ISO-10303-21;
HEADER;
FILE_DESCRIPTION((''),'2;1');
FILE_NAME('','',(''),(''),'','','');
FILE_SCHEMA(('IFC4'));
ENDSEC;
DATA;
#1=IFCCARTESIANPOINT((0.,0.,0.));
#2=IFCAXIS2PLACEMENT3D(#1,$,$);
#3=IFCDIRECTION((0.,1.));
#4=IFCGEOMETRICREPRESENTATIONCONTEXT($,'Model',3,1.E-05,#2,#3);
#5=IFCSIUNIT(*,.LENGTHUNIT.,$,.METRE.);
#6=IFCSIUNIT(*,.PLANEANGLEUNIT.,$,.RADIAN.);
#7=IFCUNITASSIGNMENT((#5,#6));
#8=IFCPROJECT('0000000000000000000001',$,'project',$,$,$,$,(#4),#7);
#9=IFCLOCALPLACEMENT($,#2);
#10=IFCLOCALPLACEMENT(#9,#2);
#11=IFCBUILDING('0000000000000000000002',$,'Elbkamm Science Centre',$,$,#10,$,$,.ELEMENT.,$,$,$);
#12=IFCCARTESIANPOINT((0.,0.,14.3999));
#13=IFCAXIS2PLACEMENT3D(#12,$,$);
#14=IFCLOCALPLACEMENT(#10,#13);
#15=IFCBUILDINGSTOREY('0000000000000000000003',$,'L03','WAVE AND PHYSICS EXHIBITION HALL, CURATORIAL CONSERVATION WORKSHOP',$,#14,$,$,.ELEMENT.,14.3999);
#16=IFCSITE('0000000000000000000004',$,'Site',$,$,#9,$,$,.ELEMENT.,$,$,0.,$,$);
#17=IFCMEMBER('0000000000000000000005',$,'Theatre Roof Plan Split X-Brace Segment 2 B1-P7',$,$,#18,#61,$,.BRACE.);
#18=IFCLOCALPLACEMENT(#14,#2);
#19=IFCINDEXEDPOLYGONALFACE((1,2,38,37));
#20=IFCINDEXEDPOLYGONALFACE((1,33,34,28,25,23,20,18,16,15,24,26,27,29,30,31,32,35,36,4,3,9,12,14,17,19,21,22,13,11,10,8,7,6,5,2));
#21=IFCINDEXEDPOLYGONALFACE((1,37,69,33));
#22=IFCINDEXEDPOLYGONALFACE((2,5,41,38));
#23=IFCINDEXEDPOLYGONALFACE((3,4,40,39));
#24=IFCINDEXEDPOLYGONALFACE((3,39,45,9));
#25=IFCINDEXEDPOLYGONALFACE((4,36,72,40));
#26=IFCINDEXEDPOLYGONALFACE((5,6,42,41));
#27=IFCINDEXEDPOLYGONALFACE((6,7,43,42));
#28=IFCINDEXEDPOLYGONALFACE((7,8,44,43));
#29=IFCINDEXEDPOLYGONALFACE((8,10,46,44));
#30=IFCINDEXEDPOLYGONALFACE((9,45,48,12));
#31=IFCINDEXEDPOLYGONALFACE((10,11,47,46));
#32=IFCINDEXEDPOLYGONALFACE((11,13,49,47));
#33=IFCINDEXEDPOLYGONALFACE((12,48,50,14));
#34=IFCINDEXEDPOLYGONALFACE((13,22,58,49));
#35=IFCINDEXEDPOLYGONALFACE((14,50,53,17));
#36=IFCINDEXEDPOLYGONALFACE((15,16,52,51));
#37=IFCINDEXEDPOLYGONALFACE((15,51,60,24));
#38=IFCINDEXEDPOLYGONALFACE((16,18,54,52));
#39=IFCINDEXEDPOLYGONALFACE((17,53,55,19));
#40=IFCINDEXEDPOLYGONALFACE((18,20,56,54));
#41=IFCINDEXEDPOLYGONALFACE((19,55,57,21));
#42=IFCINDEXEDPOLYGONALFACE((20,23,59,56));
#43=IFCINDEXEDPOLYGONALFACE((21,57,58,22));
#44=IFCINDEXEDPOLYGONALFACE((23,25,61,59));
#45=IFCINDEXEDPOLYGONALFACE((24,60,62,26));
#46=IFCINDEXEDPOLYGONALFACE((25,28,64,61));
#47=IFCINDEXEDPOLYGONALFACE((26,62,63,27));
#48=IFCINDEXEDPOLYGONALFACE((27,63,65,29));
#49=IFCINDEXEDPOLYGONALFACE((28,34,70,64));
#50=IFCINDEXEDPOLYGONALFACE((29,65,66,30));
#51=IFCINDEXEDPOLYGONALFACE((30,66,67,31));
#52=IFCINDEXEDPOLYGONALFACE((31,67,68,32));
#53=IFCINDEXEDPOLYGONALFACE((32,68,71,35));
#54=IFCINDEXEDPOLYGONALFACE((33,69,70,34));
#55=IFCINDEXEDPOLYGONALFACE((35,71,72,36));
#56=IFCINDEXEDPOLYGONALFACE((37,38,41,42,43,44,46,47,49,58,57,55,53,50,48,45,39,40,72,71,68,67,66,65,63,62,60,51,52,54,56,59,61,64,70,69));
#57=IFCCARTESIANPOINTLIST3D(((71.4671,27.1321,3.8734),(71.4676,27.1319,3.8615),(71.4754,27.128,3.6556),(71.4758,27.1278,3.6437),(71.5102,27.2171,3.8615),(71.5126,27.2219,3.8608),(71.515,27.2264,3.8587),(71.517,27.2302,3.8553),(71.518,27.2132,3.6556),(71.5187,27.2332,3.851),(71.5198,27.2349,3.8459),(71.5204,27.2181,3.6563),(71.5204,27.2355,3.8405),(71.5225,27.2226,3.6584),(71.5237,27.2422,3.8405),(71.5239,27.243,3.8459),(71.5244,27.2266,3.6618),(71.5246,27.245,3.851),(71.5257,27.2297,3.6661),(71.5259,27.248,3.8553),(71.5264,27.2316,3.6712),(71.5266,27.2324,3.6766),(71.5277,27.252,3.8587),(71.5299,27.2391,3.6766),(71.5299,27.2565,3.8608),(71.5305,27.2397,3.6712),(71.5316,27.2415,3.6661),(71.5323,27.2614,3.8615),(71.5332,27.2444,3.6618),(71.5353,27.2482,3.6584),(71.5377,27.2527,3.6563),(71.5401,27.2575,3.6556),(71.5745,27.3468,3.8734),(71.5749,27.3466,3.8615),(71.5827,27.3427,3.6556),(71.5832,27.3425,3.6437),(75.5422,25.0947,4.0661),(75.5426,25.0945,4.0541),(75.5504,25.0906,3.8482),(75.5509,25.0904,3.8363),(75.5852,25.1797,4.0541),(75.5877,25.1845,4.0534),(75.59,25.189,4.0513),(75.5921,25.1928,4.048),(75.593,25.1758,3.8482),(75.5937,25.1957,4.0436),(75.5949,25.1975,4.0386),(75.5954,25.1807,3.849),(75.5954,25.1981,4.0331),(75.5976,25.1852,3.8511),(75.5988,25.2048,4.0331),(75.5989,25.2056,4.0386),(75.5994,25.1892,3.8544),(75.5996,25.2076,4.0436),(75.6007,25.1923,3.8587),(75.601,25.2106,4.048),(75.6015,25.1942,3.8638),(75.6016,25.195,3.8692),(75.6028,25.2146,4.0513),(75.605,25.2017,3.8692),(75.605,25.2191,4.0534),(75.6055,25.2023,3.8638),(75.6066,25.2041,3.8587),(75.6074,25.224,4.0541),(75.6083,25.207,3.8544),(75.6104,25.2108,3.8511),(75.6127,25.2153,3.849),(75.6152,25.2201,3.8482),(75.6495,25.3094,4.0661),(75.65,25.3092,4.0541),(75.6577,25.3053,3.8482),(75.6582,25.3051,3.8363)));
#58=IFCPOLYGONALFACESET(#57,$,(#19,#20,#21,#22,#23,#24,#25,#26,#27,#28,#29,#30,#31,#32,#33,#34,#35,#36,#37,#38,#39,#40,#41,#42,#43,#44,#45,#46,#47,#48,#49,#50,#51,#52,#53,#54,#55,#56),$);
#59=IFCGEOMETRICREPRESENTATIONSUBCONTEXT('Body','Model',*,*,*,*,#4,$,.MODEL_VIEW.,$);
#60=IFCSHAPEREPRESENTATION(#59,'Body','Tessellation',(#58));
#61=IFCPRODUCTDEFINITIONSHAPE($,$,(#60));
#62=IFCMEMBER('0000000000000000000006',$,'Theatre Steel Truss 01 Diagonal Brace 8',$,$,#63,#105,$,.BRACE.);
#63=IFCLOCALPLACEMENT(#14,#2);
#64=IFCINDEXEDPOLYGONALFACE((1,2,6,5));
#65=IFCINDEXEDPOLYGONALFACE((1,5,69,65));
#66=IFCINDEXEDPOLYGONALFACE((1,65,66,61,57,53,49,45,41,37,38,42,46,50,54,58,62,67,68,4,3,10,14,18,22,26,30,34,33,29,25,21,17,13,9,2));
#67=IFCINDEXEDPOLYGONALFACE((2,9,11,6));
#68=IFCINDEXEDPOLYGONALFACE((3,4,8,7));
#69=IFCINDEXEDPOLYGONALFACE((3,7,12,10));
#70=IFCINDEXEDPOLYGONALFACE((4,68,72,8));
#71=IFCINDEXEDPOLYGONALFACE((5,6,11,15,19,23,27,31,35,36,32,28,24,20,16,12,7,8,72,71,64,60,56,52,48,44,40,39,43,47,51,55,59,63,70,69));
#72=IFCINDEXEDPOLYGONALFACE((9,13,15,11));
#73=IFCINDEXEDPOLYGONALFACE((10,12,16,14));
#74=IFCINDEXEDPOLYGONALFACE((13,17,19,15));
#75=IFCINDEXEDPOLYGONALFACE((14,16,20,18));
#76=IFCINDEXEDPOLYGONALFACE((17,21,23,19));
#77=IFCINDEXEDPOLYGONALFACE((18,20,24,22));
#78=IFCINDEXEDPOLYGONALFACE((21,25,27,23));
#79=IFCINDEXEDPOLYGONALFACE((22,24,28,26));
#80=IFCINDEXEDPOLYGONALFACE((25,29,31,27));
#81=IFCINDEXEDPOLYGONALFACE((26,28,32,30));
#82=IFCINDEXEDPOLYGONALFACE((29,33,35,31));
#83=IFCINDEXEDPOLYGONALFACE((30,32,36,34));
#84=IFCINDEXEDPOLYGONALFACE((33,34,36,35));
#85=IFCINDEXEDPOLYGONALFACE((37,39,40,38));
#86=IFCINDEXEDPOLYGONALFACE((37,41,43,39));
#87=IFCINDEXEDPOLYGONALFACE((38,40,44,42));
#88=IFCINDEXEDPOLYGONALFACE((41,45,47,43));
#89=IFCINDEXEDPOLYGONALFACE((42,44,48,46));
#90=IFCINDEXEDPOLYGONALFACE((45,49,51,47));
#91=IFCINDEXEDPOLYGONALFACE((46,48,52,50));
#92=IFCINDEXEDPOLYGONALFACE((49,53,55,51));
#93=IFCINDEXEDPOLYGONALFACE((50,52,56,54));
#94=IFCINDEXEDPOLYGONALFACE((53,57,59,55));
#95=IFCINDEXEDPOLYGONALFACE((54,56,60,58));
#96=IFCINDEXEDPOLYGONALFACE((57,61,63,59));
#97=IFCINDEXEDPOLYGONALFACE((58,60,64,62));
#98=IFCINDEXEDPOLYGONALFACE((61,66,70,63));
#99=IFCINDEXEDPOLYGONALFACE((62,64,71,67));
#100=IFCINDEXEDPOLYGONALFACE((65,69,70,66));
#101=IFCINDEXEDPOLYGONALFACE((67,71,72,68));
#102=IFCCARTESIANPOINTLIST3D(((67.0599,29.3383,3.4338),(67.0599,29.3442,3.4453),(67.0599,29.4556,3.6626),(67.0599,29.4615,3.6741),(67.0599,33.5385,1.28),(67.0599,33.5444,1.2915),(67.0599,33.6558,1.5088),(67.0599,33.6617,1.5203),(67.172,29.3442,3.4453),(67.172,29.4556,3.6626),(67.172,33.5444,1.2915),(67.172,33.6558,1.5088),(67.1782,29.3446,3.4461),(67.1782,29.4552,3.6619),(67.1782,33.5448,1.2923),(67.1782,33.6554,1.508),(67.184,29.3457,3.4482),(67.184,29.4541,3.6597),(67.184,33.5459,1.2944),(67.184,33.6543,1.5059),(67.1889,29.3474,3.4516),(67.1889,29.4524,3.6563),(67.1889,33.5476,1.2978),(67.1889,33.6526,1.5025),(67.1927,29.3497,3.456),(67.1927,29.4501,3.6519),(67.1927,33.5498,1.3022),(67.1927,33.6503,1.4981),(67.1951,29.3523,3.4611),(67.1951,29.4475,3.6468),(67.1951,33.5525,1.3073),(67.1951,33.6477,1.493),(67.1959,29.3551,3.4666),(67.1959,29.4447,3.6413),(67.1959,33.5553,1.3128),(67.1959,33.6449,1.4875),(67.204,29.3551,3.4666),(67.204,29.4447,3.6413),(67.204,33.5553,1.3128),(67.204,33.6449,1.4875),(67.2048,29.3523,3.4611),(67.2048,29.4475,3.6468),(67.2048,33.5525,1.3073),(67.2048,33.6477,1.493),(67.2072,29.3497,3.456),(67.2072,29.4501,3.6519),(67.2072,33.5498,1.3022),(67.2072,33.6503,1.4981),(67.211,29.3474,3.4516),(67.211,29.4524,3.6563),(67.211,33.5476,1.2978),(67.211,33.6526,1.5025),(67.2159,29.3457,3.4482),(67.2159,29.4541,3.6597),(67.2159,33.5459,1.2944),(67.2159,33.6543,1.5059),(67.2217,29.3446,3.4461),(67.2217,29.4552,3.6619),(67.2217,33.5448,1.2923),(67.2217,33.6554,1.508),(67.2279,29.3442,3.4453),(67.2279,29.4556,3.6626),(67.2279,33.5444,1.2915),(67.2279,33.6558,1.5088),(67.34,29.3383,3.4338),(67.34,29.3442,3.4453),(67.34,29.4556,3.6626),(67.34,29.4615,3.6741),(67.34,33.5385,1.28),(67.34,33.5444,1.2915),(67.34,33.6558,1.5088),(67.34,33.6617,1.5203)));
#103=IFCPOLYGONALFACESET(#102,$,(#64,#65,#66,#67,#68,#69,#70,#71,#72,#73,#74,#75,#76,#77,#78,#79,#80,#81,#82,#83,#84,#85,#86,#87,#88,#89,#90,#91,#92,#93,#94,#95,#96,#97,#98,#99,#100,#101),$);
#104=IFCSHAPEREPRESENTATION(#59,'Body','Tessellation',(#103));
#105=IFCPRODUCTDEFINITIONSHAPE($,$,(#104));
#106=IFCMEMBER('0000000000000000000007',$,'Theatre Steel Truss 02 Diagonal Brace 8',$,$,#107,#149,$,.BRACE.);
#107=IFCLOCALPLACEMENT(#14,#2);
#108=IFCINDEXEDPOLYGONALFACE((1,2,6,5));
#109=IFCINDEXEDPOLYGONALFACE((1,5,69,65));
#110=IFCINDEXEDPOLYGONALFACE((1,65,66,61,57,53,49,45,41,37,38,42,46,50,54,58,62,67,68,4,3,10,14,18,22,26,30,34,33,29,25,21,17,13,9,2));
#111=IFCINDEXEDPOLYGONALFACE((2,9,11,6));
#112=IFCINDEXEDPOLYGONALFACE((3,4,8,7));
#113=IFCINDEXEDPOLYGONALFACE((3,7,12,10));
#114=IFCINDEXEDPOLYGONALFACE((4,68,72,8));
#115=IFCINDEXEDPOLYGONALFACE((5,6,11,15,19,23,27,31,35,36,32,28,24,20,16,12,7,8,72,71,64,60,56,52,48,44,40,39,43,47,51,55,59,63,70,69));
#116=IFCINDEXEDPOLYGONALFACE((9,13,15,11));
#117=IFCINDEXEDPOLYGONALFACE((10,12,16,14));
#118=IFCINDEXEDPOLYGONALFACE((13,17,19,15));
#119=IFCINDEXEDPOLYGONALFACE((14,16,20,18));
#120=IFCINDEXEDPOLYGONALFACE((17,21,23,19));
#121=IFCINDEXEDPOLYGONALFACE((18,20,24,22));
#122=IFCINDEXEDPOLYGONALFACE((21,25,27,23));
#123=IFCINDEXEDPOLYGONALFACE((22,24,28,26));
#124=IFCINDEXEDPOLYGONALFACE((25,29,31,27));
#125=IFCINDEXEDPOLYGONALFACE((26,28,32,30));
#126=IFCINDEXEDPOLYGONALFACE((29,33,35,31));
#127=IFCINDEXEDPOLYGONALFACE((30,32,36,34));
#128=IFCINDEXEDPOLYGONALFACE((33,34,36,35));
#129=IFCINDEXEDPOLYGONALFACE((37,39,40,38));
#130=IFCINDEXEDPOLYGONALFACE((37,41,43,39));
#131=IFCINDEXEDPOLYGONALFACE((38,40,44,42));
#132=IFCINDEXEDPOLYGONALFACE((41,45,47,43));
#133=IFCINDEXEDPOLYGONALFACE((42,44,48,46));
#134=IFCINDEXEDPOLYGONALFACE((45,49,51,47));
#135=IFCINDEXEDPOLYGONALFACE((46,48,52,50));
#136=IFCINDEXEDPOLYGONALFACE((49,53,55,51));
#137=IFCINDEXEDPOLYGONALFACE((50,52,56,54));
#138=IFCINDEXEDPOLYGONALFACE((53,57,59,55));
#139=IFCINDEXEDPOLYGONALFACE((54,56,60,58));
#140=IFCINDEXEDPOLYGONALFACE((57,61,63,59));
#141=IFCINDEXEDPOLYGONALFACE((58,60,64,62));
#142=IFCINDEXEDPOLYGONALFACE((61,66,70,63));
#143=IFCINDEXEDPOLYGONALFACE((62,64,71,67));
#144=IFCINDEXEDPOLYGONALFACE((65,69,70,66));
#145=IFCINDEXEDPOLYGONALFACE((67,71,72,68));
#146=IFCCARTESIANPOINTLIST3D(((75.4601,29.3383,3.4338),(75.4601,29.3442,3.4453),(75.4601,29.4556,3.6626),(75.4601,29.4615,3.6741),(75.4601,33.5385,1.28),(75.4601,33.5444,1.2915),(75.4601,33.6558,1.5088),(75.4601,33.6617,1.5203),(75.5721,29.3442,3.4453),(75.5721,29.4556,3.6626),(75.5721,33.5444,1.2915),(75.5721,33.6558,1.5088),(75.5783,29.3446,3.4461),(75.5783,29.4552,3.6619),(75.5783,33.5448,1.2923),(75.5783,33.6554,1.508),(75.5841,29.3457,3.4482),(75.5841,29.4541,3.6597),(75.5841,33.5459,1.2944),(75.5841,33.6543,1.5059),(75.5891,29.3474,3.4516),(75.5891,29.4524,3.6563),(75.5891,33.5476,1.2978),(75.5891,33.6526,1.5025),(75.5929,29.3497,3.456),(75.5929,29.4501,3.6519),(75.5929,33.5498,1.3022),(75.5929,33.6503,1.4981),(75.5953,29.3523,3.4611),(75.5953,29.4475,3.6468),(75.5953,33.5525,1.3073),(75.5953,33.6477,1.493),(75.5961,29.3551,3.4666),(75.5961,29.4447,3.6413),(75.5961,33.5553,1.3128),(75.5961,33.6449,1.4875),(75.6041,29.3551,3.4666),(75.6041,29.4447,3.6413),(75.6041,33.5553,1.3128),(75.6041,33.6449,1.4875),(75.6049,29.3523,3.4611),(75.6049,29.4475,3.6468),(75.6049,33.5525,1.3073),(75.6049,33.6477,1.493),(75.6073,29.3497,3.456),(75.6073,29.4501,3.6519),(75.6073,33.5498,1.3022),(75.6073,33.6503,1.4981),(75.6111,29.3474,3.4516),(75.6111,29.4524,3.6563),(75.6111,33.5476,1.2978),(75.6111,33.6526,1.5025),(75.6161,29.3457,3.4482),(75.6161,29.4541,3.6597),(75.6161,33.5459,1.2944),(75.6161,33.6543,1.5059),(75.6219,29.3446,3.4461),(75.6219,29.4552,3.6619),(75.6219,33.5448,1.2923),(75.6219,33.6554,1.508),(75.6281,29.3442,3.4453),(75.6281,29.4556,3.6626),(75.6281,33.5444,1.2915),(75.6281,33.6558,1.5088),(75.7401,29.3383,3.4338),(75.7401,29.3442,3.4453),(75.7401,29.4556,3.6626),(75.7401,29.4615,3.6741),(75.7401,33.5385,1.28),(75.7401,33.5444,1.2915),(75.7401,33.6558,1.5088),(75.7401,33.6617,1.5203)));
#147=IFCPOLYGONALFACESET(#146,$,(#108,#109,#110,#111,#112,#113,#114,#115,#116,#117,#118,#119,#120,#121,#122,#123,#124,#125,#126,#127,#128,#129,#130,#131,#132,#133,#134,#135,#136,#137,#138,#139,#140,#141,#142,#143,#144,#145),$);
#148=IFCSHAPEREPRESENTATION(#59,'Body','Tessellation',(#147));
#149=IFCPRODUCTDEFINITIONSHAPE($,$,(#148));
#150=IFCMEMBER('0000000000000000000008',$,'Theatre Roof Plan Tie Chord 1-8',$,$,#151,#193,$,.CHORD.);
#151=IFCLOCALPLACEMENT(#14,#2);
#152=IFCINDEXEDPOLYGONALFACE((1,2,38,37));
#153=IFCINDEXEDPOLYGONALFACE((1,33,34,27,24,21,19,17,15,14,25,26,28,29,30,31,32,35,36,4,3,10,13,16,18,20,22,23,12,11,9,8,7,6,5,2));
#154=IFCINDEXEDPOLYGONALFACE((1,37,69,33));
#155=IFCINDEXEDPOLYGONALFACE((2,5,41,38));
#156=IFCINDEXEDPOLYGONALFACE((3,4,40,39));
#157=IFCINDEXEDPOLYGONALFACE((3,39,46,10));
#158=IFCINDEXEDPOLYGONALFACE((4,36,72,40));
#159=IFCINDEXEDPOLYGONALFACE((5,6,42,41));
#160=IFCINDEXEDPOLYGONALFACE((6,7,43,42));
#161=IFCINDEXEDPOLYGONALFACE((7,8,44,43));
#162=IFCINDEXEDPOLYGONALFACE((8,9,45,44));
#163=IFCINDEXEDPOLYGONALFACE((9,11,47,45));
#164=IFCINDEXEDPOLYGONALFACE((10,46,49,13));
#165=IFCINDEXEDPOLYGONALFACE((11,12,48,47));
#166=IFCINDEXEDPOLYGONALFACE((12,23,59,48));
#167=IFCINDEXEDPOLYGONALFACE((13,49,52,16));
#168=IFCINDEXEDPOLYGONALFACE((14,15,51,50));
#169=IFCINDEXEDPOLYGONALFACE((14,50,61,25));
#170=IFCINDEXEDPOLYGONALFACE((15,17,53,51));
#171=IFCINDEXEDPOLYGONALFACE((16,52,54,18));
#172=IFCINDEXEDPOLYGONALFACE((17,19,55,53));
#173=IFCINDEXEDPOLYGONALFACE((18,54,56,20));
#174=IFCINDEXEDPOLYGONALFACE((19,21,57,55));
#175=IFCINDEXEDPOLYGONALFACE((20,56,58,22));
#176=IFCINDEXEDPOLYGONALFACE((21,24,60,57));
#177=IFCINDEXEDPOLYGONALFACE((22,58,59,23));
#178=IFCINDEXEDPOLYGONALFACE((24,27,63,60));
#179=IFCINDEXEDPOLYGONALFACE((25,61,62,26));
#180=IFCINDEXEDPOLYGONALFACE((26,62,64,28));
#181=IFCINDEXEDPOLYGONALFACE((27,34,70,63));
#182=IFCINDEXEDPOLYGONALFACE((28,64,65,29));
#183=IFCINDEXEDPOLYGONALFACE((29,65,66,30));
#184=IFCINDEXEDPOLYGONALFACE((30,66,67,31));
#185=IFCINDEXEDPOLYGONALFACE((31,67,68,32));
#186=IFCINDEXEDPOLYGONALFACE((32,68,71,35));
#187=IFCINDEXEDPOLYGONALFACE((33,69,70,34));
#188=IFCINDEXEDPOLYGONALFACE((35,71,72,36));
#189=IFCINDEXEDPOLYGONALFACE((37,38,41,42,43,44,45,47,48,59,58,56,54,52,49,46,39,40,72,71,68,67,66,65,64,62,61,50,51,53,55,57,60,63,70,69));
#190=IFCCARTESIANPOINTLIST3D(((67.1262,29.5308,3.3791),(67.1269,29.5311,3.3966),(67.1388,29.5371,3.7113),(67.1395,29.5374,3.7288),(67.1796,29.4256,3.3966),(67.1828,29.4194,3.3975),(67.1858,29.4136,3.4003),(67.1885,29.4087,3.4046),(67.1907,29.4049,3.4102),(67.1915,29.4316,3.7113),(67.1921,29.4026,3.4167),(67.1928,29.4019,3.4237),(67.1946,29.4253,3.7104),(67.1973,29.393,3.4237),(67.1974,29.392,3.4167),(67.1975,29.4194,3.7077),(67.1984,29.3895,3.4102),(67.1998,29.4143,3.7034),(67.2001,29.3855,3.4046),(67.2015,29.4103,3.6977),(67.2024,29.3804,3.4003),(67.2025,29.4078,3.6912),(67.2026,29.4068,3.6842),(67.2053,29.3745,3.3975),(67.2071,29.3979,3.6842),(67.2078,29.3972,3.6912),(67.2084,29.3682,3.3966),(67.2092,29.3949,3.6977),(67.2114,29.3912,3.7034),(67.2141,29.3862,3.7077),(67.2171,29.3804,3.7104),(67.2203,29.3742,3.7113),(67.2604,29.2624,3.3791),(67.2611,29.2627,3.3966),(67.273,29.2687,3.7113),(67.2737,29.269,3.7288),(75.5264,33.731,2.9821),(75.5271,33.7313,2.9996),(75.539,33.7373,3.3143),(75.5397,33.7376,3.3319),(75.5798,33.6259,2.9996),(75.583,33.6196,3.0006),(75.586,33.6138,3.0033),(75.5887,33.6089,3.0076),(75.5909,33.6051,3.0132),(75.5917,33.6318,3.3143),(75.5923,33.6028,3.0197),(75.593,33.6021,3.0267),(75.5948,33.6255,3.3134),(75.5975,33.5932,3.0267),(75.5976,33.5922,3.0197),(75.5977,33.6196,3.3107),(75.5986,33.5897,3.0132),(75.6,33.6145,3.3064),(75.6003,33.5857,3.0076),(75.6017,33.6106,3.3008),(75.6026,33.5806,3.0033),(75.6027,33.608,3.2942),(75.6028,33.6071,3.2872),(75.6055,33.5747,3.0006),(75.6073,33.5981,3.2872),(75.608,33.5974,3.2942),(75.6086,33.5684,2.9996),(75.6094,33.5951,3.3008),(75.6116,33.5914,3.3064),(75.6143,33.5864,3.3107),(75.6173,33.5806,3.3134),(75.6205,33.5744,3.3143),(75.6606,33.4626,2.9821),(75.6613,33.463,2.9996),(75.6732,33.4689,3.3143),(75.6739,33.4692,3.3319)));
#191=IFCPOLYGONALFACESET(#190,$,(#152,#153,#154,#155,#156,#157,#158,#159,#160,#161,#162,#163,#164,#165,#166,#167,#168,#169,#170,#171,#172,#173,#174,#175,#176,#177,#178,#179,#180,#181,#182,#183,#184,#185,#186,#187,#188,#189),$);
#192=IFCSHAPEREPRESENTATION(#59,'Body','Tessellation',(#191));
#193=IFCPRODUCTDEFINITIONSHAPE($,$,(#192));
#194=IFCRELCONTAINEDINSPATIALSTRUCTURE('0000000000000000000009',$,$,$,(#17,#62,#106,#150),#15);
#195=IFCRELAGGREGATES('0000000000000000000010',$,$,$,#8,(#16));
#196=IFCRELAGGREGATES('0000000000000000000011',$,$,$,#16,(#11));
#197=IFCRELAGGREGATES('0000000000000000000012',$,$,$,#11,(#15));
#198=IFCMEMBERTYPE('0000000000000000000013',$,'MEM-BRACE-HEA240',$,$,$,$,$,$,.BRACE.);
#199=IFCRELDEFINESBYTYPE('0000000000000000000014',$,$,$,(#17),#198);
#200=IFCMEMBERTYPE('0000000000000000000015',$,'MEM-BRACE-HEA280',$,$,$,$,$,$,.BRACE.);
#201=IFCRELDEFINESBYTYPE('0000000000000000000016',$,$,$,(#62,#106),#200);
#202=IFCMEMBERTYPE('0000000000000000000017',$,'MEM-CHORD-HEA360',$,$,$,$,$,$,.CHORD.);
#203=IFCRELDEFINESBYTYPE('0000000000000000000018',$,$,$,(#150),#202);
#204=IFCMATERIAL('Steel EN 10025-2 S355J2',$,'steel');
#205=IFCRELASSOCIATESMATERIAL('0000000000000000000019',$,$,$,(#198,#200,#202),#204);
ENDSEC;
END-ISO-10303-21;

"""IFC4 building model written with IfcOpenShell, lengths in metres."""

from ifc_helpers import new_model, si_unit, direction, frame, origin, origin_2d, place, context, subcontext, project, spatial, i_section, extrude, material, material_profile, profile_set, type_object, element, save


model = new_model("IFC4")

# Units and contexts
model_context = context("Model", 3, precision=1e-05, world=origin(), true_north=direction((0.0, 1.0)))
body_context = subcontext(model_context, "Body", "Model", "MODEL_VIEW")
ifc_project = project(units=[si_unit("LENGTHUNIT", "METRE"), si_unit("PLANEANGLEUNIT", "RADIAN")], contexts=[model_context])

# Site, building, storey
site_placement = place(None, origin())
site = spatial("IfcSite", under=ifc_project, at=site_placement, Name="Site", CompositionType="ELEMENT", RefElevation=0.0)
building_placement = place(site_placement, origin())
building = spatial("IfcBuilding", under=site, at=building_placement, Name="Elbkamm Science Centre", CompositionType="ELEMENT")
storey_placement = place(building_placement, frame((0.0, 0.0, 14.3999)))
storey = spatial("IfcBuildingStorey", under=building, at=storey_placement, Name="L03", Description="WAVE AND PHYSICS EXHIBITION HALL, CURATORIAL CONSERVATION WORKSHOP", CompositionType="ELEMENT", Elevation=14.3999)

# Shared definitions
ifc_material_1 = material(Name="Steel EN 10025-2 S355J2", Category="steel")

# Members
ifc_material_profile_1 = material_profile(ifc_material_1, i_section(OverallWidth=0.24, OverallDepth=0.23, WebThickness=0.0076, FlangeThickness=0.012, FilletRadius=0.021, at=origin_2d()), Name="HEA 240")
ifc_profile_set_1 = profile_set([ifc_material_profile_1], Name="Steel EN 10025-2 S355J2")
member_type_1 = type_object("IfcMemberType", Name="MEM-BRACE-HEA240", PredefinedType="BRACE", material=ifc_profile_set_1)
for number, where, z_axis, x_axis, name in (
    (1, (71.5251, 27.2373, 3.7585), (0.893639, -0.446793, 0.042243), (0.447192, 0.894438, 0.0), "Theatre Roof Plan Split X-Brace Segment 2 B1-P7"),
):
    element("IfcMember", number, at=place(storey_placement, frame(where, z_axis=z_axis, x_axis=x_axis)), inside=storey, type_object=member_type_1, Name=name, PredefinedType="BRACE", context=body_context, shape_type="SweptSolid", body=[
        extrude(i_section(OverallWidth=0.24, OverallDepth=0.23, WebThickness=0.0076, FlangeThickness=0.012, FilletRadius=0.021, at=origin_2d()), origin(), (0.0, 0.0, 1.0), 4.5601),
    ])
ifc_material_profile_2 = material_profile(ifc_material_1, i_section(OverallWidth=0.28, OverallDepth=0.27, WebThickness=0.0081, FlangeThickness=0.0129, FilletRadius=0.0239, at=origin_2d()), Name="HEA 280")
ifc_profile_set_2 = profile_set([ifc_material_profile_2], Name="Steel EN 10025-2 S355J2")
member_type_2 = type_object("IfcMemberType", Name="MEM-BRACE-HEA280", PredefinedType="BRACE", material=ifc_profile_set_2)
for number, where, z_axis, x_axis, name in (
    (2, (67.2, 29.3999, 3.554), (0.0, 0.889829, -0.456294), (-1.0, 0.0, 0.0), "Theatre Steel Truss 01 Diagonal Brace 8"),
    (3, (75.6001, 29.3999, 3.554), (0.0, 0.889829, -0.456294), (-1.0, 0.0, 0.0), "Theatre Steel Truss 02 Diagonal Brace 8"),
):
    element("IfcMember", number, at=place(storey_placement, frame(where, z_axis=z_axis, x_axis=x_axis)), inside=storey, type_object=member_type_2, Name=name, PredefinedType="BRACE", context=body_context, shape_type="SweptSolid", body=[
        extrude(i_section(OverallWidth=0.28, OverallDepth=0.27, WebThickness=0.0081, FlangeThickness=0.0129, FilletRadius=0.0239, at=origin_2d()), origin(), (0.0, 0.0, 1.0), 4.7202),
    ])
ifc_material_profile_3 = material_profile(ifc_material_1, i_section(OverallWidth=0.3, OverallDepth=0.3501, WebThickness=0.01, FlangeThickness=0.0176, FilletRadius=0.0271, at=origin_2d()), Name="HEA 360")
ifc_profile_set_3 = profile_set([ifc_material_profile_3], Name="Steel EN 10025-2 S355J2")
member_type_3 = type_object("IfcMemberType", Name="MEM-CHORD-HEA360", PredefinedType="CHORD", material=ifc_profile_set_3)
member_1_placement = place(storey_placement, frame((67.2, 29.3999, 3.554), z_axis=(0.893624, 0.446825, -0.042231), x_axis=(-0.447224, 0.894422, 0.0)))
element("IfcMember", 4, at=member_1_placement, inside=storey, type_object=member_type_3, Name="Theatre Roof Plan Tie Chord 1-8", PredefinedType="CHORD", context=body_context, shape_type="SweptSolid", body=[
    extrude(i_section(OverallWidth=0.3, OverallDepth=0.3501, WebThickness=0.01, FlangeThickness=0.0176, FilletRadius=0.0271, at=origin_2d()), origin(), (0.0, 0.0, 1.0), 9.4001),
])

save(model, "model.ifc")
